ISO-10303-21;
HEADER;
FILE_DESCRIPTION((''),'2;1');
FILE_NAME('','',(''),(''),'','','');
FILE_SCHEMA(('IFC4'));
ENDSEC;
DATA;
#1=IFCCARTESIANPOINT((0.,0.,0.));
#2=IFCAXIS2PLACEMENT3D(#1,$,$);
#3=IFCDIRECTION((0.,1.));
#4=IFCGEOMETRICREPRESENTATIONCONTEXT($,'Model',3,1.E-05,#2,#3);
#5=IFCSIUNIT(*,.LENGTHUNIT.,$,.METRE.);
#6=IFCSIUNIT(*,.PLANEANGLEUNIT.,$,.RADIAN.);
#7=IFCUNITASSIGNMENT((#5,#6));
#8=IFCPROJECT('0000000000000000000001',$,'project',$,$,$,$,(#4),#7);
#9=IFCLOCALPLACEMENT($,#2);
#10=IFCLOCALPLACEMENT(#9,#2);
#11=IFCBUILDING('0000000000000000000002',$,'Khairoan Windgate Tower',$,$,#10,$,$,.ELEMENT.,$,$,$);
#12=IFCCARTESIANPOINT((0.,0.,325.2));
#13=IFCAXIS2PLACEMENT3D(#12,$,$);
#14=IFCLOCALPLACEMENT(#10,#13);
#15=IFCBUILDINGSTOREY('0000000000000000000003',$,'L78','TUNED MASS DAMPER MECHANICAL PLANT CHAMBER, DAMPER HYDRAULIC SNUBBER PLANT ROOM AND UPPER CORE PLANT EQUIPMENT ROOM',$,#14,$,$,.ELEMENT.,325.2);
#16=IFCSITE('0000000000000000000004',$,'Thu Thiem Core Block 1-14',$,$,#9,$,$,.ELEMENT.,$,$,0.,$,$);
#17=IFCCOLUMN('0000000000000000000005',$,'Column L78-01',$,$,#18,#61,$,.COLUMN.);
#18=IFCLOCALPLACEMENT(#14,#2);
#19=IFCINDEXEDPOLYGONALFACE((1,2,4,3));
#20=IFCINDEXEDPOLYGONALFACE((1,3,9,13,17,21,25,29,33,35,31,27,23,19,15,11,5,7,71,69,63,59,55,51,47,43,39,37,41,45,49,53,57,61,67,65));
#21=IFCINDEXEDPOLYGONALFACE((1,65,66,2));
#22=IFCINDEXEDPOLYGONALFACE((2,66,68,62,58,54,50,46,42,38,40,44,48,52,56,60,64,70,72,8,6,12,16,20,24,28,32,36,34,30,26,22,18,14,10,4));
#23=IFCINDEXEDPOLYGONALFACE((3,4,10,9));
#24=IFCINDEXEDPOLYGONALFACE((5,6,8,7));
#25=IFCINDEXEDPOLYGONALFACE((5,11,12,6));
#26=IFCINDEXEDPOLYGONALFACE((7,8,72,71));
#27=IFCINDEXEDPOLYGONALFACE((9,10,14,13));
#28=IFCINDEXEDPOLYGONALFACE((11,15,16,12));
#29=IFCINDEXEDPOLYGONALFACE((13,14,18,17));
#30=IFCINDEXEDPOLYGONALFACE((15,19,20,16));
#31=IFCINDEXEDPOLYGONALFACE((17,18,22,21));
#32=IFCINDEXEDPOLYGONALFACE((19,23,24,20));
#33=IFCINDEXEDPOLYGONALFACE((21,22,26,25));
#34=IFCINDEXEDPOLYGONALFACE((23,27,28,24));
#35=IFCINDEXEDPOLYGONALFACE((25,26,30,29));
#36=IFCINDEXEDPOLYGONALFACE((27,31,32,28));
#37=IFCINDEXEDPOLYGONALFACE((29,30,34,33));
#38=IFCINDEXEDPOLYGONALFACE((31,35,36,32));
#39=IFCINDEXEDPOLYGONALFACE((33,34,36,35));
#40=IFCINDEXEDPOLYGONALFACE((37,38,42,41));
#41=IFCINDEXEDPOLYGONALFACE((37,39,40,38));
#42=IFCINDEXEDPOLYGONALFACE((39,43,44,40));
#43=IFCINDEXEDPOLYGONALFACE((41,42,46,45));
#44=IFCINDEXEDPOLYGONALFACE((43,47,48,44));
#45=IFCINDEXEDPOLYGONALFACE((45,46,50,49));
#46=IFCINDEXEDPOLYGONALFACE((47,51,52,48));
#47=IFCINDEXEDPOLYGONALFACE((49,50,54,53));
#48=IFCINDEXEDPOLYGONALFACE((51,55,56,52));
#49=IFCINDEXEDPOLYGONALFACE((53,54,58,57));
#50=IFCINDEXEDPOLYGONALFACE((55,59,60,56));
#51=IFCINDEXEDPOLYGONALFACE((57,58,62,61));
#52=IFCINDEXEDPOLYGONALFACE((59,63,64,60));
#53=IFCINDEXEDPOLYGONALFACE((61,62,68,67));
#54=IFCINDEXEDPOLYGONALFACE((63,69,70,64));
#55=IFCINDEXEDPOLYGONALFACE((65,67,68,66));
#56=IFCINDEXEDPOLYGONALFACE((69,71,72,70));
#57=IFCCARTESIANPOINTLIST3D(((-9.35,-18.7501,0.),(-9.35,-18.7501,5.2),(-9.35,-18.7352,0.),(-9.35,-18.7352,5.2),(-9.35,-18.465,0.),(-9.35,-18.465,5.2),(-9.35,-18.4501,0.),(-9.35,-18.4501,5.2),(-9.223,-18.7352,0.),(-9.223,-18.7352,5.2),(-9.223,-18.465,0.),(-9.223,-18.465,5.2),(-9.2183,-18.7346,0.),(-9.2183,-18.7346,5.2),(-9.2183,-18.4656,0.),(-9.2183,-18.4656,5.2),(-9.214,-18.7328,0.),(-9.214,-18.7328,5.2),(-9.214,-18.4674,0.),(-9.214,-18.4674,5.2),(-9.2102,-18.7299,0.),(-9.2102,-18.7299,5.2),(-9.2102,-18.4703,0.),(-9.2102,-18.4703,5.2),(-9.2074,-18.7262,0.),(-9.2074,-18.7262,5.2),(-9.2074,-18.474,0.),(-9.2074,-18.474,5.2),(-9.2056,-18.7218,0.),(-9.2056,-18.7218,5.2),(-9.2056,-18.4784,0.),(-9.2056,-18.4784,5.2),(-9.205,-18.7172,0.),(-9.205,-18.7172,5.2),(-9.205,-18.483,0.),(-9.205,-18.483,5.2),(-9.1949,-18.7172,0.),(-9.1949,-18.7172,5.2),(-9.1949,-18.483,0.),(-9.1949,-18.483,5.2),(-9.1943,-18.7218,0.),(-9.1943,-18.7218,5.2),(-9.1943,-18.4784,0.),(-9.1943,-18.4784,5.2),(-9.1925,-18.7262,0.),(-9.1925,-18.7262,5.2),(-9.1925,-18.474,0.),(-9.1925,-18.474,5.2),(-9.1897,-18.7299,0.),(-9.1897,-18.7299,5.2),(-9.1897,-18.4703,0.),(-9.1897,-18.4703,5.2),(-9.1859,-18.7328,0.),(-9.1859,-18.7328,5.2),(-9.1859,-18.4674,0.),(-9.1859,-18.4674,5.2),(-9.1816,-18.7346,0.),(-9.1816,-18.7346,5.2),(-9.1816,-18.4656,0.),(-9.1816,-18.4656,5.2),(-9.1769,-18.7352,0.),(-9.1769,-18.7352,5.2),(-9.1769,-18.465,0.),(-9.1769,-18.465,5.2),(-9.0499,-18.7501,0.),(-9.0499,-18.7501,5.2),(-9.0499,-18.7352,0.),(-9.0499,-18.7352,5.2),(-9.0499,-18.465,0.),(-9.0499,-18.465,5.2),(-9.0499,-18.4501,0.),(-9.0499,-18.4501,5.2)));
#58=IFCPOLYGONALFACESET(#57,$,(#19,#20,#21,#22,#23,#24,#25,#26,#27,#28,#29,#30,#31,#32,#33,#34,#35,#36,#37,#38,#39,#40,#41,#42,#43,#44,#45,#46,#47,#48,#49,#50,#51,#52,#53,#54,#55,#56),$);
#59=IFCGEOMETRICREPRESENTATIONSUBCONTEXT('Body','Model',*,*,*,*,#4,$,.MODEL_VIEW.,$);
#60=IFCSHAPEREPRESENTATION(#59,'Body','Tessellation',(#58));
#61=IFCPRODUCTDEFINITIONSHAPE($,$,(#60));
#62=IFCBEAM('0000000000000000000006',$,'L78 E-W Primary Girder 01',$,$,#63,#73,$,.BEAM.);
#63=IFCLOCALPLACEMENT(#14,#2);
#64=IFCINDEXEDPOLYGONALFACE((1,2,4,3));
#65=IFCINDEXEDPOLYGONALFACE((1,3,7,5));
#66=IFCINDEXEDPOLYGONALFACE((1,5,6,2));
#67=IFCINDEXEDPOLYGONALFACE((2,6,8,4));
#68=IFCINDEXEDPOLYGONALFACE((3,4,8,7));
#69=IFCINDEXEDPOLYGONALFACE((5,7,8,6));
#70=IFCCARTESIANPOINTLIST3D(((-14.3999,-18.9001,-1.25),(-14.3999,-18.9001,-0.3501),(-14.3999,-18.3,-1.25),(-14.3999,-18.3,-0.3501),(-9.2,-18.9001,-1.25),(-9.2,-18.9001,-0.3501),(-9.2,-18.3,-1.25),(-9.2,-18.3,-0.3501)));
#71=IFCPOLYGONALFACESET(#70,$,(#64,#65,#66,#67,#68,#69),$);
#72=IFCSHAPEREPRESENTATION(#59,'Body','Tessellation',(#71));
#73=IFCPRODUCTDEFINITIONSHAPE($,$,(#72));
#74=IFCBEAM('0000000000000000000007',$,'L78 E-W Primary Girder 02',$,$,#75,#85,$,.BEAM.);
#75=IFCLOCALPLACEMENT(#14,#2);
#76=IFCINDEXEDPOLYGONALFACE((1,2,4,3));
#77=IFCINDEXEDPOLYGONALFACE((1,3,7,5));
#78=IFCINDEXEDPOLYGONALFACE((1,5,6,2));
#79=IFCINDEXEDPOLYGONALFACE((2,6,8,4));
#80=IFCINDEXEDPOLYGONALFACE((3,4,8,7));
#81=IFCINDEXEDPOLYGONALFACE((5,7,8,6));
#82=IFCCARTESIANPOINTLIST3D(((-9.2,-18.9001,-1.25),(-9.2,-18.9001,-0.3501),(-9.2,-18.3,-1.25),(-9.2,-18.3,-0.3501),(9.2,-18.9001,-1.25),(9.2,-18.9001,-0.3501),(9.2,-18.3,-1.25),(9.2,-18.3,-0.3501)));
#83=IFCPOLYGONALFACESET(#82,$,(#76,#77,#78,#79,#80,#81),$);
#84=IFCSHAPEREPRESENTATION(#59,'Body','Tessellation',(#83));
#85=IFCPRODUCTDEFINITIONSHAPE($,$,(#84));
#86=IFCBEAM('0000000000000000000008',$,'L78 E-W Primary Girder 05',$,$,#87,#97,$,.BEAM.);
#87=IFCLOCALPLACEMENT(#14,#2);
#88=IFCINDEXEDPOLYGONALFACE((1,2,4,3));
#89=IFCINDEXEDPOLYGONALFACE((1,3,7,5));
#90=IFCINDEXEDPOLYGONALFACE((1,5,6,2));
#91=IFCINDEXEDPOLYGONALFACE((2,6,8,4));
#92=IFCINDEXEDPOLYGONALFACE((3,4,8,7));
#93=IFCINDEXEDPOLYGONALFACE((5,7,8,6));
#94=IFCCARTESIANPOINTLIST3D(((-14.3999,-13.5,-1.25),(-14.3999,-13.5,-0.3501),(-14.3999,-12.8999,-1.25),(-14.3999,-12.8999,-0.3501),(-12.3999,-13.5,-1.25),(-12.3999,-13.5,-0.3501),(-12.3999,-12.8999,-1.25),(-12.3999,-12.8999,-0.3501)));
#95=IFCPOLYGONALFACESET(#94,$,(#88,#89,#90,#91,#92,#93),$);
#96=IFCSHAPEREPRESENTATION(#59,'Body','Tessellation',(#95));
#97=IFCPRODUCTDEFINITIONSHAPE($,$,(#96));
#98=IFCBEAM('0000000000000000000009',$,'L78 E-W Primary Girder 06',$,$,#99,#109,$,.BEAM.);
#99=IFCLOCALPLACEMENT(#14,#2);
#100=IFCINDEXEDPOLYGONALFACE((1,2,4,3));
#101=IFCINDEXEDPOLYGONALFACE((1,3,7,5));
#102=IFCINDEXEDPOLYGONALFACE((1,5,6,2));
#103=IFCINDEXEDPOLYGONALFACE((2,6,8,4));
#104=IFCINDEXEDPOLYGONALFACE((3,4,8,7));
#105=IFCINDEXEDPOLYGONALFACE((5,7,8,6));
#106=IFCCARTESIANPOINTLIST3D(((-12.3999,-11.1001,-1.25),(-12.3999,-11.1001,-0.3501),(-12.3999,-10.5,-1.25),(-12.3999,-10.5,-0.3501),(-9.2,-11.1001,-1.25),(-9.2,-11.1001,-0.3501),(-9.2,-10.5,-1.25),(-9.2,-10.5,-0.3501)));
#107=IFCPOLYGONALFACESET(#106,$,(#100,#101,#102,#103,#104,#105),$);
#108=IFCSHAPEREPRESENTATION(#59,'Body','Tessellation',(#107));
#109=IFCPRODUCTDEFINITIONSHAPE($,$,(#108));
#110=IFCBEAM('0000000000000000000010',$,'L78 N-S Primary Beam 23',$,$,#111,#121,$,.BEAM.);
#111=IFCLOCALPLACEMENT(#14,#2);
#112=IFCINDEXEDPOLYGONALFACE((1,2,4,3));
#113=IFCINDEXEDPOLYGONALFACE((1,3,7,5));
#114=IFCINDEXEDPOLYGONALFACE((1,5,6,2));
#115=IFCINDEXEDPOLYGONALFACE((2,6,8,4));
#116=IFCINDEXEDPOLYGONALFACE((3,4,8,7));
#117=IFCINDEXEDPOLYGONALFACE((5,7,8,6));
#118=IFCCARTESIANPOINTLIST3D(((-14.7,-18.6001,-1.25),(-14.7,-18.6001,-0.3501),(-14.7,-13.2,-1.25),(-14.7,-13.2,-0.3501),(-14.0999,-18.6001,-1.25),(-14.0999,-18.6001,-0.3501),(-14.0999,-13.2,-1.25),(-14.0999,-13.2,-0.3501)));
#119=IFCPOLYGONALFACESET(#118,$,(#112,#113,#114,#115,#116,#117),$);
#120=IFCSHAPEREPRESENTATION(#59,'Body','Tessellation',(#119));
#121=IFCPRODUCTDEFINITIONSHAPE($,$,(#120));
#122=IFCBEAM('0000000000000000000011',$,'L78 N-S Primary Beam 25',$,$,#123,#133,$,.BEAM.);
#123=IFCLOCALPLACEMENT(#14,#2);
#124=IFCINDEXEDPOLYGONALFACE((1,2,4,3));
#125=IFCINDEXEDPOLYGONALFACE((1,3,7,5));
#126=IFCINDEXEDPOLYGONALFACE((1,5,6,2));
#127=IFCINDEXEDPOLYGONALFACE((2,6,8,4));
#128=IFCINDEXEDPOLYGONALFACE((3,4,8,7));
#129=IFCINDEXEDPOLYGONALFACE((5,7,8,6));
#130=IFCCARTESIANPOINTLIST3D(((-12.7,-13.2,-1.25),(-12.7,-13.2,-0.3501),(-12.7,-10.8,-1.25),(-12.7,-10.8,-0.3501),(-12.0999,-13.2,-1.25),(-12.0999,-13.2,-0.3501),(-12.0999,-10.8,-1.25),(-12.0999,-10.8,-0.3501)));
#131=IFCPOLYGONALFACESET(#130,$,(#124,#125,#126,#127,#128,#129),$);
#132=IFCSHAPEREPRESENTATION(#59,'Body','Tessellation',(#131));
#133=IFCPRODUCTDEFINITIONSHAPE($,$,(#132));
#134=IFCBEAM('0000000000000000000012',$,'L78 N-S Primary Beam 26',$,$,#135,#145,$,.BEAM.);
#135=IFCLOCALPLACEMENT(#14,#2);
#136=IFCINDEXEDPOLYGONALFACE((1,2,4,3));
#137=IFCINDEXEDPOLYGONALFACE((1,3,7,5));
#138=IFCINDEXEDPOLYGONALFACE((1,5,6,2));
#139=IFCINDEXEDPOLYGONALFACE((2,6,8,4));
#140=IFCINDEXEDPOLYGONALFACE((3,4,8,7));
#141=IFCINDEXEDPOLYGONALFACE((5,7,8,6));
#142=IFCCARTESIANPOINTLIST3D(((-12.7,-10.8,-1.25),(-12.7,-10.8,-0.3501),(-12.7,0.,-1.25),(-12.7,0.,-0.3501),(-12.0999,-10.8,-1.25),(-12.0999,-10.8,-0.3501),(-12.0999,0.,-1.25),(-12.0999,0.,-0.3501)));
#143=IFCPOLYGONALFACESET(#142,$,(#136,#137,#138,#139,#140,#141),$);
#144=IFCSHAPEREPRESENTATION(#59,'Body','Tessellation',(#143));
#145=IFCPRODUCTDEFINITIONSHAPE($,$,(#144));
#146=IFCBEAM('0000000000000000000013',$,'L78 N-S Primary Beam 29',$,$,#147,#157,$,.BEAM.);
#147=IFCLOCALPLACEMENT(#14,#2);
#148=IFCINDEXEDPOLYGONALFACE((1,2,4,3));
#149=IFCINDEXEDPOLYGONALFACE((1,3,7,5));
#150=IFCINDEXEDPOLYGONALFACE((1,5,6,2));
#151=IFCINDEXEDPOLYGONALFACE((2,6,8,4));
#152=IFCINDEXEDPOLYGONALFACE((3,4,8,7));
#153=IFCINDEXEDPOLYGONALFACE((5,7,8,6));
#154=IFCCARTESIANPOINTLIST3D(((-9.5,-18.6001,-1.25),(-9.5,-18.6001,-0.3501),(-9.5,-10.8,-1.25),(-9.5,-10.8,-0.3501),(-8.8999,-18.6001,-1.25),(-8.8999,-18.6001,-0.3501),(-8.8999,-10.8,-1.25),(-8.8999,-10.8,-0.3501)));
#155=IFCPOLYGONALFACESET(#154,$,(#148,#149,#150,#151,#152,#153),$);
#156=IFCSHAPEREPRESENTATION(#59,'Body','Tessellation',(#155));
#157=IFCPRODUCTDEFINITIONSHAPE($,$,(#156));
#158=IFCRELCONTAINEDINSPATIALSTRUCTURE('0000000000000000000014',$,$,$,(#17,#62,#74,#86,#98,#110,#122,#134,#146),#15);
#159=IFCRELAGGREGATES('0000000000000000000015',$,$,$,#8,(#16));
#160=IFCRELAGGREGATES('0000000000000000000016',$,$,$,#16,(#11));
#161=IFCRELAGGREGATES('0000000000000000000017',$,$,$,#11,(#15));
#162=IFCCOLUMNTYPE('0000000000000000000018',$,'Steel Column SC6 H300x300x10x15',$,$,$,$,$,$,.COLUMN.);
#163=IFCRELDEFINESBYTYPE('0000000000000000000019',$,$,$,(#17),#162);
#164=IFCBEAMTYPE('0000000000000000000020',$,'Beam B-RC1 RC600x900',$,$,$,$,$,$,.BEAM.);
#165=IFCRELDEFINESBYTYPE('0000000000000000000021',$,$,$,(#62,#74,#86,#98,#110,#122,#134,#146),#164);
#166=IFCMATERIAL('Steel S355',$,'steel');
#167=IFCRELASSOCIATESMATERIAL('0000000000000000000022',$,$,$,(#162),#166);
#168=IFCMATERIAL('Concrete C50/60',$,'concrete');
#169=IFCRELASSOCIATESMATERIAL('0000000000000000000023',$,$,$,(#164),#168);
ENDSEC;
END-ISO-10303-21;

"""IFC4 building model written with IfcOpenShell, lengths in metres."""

from ifc_helpers import new_model, si_unit, direction, frame, origin, origin_2d, place, context, subcontext, project, spatial, rectangle, i_section, extrude, material, material_profile, profile_set, type_object, element, save


model = new_model("IFC4")

# Units and contexts
model_context = context("Model", 3, precision=1e-05, world=origin(), true_north=direction((0.0, 1.0)))
body_context = subcontext(model_context, "Body", "Model", "MODEL_VIEW")
ifc_project = project(units=[si_unit("LENGTHUNIT", "METRE"), si_unit("PLANEANGLEUNIT", "RADIAN")], contexts=[model_context])

# Site, building, storey
site_placement = place(None, origin())
site = spatial("IfcSite", under=ifc_project, at=site_placement, Name="Thu Thiem Core Block 1-14", CompositionType="ELEMENT", RefElevation=0.0)
building_placement = place(site_placement, origin())
building = spatial("IfcBuilding", under=site, at=building_placement, Name="Khairoan Windgate Tower", CompositionType="ELEMENT")
storey_placement = place(building_placement, frame((0.0, 0.0, 325.2)))
storey = spatial("IfcBuildingStorey", under=building, at=storey_placement, Name="L78", Description="TUNED MASS DAMPER MECHANICAL PLANT CHAMBER, DAMPER HYDRAULIC SNUBBER PLANT ROOM AND UPPER CORE PLANT EQUIPMENT ROOM", CompositionType="ELEMENT", Elevation=325.2)

# Column
ifc_material_1 = material(Name="Steel S355", Category="steel")
ifc_material_profile_1 = material_profile(ifc_material_1, i_section(OverallWidth=0.3, OverallDepth=0.3, WebThickness=0.01, FlangeThickness=0.0149, FilletRadius=0.0181, at=origin_2d()))
ifc_profile_set_1 = profile_set([ifc_material_profile_1], Name="Steel S355")
column_type = type_object("IfcColumnType", Name="Steel Column SC6 H300x300x10x15", PredefinedType="COLUMN", material=ifc_profile_set_1)
column_placement = place(storey_placement, frame((-9.2, -18.6001, 0.0), z_axis=(0.0, 0.0, 1.0), x_axis=(1.0, 0.0, 0.0)))
element("IfcColumn", 1, at=column_placement, inside=storey, type_object=column_type, Name="Column L78-01", PredefinedType="COLUMN", context=body_context, shape_type="SweptSolid", body=[
    extrude(i_section(OverallWidth=0.3, OverallDepth=0.3, WebThickness=0.01, FlangeThickness=0.0149, FilletRadius=0.0181, at=origin_2d()), origin(), (0.0, 0.0, 1.0), 5.2),
])

# Beams
ifc_material_2 = material(Name="Concrete C50/60", Category="concrete")
ifc_material_profile_2 = material_profile(ifc_material_2, rectangle(XDim=0.6001, YDim=0.8999, at=origin_2d()))
ifc_profile_set_2 = profile_set([ifc_material_profile_2], Name="Concrete C50/60")
beam_type = type_object("IfcBeamType", Name="Beam B-RC1 RC600x900", PredefinedType="BEAM", material=ifc_profile_set_2)
beam_1_placement = place(storey_placement, frame((-14.3999, -18.6001, -0.8), z_axis=(1.0, 0.0, 0.0), x_axis=(0.0, 1.0, 0.0)))
element("IfcBeam", 2, at=beam_1_placement, inside=storey, type_object=beam_type, Name="L78 E-W Primary Girder 01", PredefinedType="BEAM", context=body_context, shape_type="SweptSolid", body=[
    extrude(rectangle(XDim=0.6001, YDim=0.8999, at=origin_2d()), origin(), (0.0, 0.0, 1.0), 5.2),
])
beam_2_placement = place(storey_placement, frame((-9.2, -18.6001, -0.8), z_axis=(1.0, 0.0, 0.0), x_axis=(0.0, 1.0, 0.0)))
element("IfcBeam", 3, at=beam_2_placement, inside=storey, type_object=beam_type, Name="L78 E-W Primary Girder 02", PredefinedType="BEAM", context=body_context, shape_type="SweptSolid", body=[
    extrude(rectangle(XDim=0.6001, YDim=0.8999, at=origin_2d()), origin(), (0.0, 0.0, 1.0), 18.3999),
])
beam_3_placement = place(storey_placement, frame((-14.3999, -13.2, -0.8), z_axis=(1.0, 0.0, 0.0), x_axis=(0.0, 1.0, 0.0)))
element("IfcBeam", 4, at=beam_3_placement, inside=storey, type_object=beam_type, Name="L78 E-W Primary Girder 05", PredefinedType="BEAM", context=body_context, shape_type="SweptSolid", body=[
    extrude(rectangle(XDim=0.6001, YDim=0.8999, at=origin_2d()), origin(), (0.0, 0.0, 1.0), 2.0),
])
beam_4_placement = place(storey_placement, frame((-12.3999, -10.8, -0.8), z_axis=(1.0, 0.0, 0.0), x_axis=(0.0, 1.0, 0.0)))
element("IfcBeam", 5, at=beam_4_placement, inside=storey, type_object=beam_type, Name="L78 E-W Primary Girder 06", PredefinedType="BEAM", context=body_context, shape_type="SweptSolid", body=[
    extrude(rectangle(XDim=0.6001, YDim=0.8999, at=origin_2d()), origin(), (0.0, 0.0, 1.0), 3.2),
])
beam_5_placement = place(storey_placement, frame((-14.3999, -18.6001, -0.8), z_axis=(0.0, 1.0, 0.0), x_axis=(-1.0, 0.0, 0.0)))
element("IfcBeam", 6, at=beam_5_placement, inside=storey, type_object=beam_type, Name="L78 N-S Primary Beam 23", PredefinedType="BEAM", context=body_context, shape_type="SweptSolid", body=[
    extrude(rectangle(XDim=0.6001, YDim=0.8999, at=origin_2d()), origin(), (0.0, 0.0, 1.0), 5.4001),
])
beam_6_placement = place(storey_placement, frame((-12.3999, -13.2, -0.8), z_axis=(0.0, 1.0, 0.0), x_axis=(-1.0, 0.0, 0.0)))
element("IfcBeam", 7, at=beam_6_placement, inside=storey, type_object=beam_type, Name="L78 N-S Primary Beam 25", PredefinedType="BEAM", context=body_context, shape_type="SweptSolid", body=[
    extrude(rectangle(XDim=0.6001, YDim=0.8999, at=origin_2d()), origin(), (0.0, 0.0, 1.0), 2.3999),
])
beam_7_placement = place(storey_placement, frame((-12.3999, -10.8, -0.8), z_axis=(0.0, 1.0, 0.0), x_axis=(-1.0, 0.0, 0.0)))
element("IfcBeam", 8, at=beam_7_placement, inside=storey, type_object=beam_type, Name="L78 N-S Primary Beam 26", PredefinedType="BEAM", context=body_context, shape_type="SweptSolid", body=[
    extrude(rectangle(XDim=0.6001, YDim=0.8999, at=origin_2d()), origin(), (0.0, 0.0, 1.0), 10.8),
])
beam_8_placement = place(storey_placement, frame((-9.2, -18.6001, -0.8), z_axis=(0.0, 1.0, 0.0), x_axis=(-1.0, 0.0, 0.0)))
element("IfcBeam", 9, at=beam_8_placement, inside=storey, type_object=beam_type, Name="L78 N-S Primary Beam 29", PredefinedType="BEAM", context=body_context, shape_type="SweptSolid", body=[
    extrude(rectangle(XDim=0.6001, YDim=0.8999, at=origin_2d()), origin(), (0.0, 0.0, 1.0), 7.8),
])

save(model, "model.ifc")
